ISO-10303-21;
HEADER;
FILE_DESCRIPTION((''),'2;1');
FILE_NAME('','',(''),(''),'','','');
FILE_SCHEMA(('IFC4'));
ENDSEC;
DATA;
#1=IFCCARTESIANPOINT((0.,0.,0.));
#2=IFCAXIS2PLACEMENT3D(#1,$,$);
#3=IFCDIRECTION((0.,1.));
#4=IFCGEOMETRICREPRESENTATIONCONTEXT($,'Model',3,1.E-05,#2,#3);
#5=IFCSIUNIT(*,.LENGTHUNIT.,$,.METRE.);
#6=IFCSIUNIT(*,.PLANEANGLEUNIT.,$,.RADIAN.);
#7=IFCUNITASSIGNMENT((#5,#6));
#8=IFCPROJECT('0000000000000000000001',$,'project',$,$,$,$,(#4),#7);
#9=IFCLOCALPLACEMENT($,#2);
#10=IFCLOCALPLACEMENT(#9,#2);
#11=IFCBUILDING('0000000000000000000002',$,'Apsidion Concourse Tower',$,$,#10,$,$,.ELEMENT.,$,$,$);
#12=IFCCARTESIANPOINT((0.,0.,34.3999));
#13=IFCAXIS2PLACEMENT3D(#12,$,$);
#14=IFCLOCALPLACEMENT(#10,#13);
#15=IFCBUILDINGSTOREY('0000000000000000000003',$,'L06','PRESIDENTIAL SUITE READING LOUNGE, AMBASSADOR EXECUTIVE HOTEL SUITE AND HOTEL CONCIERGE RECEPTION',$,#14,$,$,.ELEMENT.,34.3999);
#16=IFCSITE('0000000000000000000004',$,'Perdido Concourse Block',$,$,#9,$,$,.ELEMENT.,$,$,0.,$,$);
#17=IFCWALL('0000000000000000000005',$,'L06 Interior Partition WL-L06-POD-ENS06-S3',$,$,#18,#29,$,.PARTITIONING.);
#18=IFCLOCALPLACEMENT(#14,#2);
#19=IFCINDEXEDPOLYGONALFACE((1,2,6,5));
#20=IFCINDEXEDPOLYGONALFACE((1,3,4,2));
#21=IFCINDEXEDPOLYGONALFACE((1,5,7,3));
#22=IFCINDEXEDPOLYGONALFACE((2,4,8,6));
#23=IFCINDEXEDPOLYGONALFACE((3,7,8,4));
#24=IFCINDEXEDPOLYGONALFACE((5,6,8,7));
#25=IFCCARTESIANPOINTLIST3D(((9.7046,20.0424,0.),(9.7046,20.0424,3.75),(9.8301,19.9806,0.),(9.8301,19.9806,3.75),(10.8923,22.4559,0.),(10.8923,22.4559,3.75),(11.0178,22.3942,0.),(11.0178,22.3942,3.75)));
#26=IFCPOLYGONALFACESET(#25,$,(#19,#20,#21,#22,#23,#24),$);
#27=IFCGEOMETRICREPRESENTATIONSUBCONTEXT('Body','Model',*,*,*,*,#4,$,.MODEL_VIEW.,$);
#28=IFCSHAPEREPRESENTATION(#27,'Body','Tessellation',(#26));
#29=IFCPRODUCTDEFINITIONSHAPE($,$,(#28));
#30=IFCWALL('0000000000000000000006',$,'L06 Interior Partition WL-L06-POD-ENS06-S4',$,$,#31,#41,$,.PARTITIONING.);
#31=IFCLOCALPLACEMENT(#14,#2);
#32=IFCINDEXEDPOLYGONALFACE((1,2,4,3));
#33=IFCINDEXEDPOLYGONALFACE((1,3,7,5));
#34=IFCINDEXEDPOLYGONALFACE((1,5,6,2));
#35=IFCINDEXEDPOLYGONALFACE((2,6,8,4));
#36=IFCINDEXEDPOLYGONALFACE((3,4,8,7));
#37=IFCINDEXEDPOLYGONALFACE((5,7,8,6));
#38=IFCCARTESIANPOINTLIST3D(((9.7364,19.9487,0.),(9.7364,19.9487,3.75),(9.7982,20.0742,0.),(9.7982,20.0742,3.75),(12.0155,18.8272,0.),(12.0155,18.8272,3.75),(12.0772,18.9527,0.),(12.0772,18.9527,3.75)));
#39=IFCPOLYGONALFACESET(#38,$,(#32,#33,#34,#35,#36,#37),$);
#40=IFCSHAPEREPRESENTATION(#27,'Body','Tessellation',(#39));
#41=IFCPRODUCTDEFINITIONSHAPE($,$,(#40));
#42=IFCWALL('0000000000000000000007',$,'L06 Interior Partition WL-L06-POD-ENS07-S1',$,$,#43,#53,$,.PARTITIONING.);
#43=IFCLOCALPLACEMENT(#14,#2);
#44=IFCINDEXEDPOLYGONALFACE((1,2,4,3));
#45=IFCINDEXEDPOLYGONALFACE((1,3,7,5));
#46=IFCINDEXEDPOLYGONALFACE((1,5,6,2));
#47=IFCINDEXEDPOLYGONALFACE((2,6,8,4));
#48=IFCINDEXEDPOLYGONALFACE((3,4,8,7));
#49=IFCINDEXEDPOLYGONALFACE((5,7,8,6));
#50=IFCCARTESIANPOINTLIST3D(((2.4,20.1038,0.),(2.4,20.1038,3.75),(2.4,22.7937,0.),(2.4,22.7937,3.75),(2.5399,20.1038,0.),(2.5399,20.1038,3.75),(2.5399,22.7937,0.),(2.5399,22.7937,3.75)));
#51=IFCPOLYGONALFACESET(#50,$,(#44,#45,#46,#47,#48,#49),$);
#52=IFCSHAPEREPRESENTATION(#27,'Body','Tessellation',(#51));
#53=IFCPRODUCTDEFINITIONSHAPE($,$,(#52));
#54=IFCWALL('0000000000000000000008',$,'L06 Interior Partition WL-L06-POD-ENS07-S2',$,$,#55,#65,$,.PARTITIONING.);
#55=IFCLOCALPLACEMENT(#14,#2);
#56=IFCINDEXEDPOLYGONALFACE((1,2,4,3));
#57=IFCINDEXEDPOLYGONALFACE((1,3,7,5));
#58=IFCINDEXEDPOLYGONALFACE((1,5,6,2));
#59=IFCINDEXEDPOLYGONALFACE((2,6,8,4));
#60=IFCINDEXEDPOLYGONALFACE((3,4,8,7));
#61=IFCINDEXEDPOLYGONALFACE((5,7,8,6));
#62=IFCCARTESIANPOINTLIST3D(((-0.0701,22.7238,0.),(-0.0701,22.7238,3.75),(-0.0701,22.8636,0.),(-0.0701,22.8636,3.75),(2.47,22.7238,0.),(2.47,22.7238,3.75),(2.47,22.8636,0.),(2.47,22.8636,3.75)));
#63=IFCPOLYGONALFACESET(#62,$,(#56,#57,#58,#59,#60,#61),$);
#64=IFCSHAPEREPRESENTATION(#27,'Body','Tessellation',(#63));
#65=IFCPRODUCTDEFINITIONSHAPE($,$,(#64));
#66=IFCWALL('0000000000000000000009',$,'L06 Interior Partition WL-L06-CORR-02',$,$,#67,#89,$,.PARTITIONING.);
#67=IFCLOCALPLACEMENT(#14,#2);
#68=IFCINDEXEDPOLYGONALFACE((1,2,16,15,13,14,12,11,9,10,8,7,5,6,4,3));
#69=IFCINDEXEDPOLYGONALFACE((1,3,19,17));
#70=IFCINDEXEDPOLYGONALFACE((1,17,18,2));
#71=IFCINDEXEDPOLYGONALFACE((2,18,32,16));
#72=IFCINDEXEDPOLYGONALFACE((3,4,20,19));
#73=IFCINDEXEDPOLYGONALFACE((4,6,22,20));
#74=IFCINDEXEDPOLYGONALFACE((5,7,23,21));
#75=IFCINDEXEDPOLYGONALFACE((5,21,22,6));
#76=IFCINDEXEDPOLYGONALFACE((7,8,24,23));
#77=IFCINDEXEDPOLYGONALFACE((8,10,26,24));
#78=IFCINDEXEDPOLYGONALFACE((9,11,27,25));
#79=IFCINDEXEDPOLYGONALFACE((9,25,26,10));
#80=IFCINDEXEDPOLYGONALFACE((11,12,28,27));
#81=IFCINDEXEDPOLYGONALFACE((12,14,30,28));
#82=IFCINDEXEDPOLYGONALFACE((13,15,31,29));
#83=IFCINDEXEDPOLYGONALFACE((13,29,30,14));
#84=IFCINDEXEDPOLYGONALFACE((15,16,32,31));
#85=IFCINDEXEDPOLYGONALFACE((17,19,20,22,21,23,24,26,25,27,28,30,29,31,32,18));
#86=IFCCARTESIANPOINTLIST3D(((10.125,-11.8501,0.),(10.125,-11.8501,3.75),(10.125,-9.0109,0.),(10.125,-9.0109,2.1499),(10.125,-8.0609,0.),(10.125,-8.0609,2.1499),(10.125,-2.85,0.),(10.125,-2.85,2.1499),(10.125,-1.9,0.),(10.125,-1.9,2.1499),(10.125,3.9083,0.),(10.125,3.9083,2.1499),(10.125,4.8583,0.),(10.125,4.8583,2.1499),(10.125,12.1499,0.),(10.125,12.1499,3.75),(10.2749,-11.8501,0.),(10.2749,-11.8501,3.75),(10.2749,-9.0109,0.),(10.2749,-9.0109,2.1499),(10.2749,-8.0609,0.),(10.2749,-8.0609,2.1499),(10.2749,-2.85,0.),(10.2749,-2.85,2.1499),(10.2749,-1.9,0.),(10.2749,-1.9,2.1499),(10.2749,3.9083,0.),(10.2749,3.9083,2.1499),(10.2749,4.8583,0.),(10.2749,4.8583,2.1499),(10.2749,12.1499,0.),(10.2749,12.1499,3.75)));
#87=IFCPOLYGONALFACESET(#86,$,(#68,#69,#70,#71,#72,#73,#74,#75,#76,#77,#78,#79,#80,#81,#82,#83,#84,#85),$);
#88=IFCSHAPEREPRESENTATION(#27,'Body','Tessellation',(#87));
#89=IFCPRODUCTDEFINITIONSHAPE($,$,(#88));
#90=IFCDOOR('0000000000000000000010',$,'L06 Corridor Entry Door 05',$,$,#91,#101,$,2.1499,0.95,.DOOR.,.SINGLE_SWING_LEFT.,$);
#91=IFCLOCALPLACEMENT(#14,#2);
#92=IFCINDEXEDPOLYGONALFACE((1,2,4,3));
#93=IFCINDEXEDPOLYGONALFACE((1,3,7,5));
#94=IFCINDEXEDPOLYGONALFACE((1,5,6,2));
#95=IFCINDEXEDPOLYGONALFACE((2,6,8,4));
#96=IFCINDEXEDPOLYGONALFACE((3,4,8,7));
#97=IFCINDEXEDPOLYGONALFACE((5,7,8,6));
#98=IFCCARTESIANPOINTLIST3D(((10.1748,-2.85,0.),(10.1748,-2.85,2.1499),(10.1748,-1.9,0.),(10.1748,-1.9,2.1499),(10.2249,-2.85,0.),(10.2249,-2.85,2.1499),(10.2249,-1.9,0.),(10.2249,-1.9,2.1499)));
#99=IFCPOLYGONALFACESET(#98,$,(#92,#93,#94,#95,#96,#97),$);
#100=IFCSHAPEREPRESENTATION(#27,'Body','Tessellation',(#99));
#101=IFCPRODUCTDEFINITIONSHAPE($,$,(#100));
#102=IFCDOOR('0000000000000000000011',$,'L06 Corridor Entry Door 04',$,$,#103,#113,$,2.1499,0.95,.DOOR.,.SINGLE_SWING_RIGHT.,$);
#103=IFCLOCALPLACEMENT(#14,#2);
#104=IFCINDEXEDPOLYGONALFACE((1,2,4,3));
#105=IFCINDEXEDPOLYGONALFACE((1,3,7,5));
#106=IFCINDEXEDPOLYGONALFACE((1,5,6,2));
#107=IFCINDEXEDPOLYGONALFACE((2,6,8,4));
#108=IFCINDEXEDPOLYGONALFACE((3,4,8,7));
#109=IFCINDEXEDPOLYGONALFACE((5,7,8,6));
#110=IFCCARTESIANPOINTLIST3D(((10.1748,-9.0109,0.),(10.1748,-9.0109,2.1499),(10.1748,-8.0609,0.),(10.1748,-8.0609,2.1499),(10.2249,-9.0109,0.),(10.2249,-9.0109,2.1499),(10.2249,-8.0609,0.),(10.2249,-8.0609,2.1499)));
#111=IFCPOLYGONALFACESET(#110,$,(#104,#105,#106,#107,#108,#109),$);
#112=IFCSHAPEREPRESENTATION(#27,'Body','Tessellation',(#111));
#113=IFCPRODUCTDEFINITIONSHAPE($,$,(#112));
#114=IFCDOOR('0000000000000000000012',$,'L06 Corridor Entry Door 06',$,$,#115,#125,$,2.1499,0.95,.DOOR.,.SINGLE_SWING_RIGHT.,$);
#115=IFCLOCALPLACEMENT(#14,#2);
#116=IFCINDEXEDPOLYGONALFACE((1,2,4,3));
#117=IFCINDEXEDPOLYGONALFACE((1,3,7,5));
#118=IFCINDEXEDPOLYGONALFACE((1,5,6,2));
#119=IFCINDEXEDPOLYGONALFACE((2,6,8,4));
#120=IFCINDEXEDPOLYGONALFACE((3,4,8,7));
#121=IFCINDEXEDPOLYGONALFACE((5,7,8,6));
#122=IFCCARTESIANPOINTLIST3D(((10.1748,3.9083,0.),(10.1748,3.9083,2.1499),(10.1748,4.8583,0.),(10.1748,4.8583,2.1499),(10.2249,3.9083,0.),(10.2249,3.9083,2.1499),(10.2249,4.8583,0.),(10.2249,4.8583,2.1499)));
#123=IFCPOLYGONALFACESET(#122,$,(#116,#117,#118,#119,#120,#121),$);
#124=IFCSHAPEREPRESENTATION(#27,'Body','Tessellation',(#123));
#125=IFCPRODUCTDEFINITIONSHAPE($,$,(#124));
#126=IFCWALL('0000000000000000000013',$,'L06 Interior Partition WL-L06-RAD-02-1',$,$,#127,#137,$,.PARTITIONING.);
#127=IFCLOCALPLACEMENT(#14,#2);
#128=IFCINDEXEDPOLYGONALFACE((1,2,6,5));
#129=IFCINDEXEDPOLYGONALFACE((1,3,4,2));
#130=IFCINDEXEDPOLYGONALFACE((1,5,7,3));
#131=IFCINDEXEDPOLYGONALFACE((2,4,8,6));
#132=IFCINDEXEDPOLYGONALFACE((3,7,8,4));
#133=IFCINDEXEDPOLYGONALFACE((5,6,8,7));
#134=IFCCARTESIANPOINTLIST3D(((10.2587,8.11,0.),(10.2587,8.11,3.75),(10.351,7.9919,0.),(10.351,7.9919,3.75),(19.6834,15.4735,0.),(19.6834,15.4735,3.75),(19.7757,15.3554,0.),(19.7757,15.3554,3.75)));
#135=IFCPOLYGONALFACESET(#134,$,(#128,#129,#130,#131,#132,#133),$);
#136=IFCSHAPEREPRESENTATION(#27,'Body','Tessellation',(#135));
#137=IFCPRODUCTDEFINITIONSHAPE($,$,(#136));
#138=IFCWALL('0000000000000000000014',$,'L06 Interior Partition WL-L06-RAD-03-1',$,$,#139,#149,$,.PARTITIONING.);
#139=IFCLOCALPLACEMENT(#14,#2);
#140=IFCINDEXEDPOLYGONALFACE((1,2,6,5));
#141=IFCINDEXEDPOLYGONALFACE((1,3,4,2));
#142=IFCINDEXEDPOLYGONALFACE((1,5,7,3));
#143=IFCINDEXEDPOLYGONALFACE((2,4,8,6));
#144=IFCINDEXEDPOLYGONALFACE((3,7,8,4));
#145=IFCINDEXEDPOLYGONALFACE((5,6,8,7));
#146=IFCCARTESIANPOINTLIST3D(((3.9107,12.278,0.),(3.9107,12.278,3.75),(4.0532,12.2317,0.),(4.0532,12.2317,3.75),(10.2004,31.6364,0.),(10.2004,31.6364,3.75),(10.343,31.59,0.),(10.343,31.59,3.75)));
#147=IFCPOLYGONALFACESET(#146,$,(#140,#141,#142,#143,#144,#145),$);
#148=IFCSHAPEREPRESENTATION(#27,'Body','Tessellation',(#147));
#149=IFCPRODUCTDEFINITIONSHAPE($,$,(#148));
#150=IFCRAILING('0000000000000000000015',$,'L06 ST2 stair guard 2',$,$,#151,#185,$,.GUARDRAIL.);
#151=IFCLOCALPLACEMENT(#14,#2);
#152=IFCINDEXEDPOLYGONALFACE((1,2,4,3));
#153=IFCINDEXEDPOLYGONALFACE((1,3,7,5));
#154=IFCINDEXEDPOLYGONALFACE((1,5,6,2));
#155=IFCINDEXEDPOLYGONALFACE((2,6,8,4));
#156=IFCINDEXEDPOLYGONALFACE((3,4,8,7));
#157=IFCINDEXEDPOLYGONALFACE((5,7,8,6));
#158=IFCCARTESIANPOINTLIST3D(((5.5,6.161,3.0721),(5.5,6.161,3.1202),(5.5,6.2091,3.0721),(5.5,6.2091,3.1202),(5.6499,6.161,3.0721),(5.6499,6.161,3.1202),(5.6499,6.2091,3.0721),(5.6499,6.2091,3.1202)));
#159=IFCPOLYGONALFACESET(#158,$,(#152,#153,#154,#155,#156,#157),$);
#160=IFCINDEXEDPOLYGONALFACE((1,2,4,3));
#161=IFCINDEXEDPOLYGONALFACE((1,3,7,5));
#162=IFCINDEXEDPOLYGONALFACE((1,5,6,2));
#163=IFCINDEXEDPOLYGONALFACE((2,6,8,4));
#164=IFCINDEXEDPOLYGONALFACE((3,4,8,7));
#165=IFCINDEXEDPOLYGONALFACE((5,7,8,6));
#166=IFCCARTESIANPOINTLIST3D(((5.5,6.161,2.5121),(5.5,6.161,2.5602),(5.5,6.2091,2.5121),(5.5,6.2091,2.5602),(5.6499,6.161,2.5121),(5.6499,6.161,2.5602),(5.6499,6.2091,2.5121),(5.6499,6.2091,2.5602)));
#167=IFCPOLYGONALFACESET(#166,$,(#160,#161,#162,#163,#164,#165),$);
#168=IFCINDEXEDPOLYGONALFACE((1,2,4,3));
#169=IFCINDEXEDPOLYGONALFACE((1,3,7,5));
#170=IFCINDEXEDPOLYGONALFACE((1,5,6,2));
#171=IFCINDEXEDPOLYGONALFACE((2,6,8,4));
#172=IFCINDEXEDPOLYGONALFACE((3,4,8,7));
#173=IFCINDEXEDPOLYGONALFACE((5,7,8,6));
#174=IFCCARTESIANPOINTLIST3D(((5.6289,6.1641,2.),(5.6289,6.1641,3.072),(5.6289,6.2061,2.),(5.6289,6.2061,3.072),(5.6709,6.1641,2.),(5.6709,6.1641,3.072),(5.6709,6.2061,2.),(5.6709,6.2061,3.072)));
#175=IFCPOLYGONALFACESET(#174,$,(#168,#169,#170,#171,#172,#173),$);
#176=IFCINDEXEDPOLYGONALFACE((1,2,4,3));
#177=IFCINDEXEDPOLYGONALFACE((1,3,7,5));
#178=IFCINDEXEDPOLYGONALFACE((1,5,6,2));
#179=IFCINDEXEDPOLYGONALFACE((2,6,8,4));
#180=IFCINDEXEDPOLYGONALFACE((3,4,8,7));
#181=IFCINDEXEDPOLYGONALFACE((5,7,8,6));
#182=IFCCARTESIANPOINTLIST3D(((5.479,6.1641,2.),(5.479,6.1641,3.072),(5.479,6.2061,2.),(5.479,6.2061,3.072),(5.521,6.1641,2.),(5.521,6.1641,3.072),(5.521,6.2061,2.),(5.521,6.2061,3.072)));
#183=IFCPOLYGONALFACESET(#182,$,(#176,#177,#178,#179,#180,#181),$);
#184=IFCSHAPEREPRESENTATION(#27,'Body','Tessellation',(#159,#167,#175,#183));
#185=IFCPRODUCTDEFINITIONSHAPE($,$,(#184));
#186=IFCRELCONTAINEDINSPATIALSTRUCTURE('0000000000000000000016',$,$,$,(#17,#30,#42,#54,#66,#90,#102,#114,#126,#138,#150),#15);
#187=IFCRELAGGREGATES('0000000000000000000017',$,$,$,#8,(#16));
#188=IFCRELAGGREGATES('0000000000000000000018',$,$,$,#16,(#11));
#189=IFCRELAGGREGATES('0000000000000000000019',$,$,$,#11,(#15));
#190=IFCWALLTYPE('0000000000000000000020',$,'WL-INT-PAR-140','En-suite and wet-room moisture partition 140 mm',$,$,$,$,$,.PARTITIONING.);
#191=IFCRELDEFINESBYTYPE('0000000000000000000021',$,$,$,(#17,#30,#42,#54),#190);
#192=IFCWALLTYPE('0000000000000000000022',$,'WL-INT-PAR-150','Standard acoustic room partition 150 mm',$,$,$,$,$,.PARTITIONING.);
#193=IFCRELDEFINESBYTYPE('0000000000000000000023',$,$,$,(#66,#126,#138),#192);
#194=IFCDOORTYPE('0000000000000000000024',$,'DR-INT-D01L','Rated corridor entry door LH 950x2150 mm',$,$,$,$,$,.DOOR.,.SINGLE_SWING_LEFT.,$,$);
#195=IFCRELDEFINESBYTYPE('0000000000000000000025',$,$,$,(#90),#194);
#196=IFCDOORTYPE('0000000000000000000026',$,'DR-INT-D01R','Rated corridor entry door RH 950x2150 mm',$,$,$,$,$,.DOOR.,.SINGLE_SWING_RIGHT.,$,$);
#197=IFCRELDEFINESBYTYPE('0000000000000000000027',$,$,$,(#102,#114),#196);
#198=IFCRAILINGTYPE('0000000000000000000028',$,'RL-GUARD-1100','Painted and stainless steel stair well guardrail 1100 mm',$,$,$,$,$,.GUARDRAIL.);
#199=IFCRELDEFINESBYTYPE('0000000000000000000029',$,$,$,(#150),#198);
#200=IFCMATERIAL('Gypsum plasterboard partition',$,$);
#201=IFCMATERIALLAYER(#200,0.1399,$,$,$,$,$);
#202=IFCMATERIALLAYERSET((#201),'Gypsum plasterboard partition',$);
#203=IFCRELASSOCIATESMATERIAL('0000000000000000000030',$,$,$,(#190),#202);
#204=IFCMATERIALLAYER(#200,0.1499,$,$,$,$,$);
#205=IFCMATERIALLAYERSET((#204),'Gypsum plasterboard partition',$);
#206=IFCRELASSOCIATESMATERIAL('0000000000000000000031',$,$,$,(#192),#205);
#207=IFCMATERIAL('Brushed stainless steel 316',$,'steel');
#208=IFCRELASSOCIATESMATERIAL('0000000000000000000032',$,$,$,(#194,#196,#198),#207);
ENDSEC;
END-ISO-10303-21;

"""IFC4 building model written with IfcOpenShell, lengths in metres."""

from ifc_helpers import new_model, si_unit, direction, frame, frame_2d, origin, origin_2d, place, context, subcontext, project, spatial, rectangle, extrude, material, layer, layer_set, type_object, element, fill, save


model = new_model("IFC4")

# Units and contexts
model_context = context("Model", 3, precision=1e-05, world=origin(), true_north=direction((0.0, 1.0)))
body_context = subcontext(model_context, "Body", "Model", "MODEL_VIEW")
ifc_project = project(units=[si_unit("LENGTHUNIT", "METRE"), si_unit("PLANEANGLEUNIT", "RADIAN")], contexts=[model_context])

# Site, building, storey
site_placement = place(None, origin())
site = spatial("IfcSite", under=ifc_project, at=site_placement, Name="Perdido Concourse Block", CompositionType="ELEMENT", RefElevation=0.0)
building_placement = place(site_placement, origin())
building = spatial("IfcBuilding", under=site, at=building_placement, Name="Apsidion Concourse Tower", CompositionType="ELEMENT")
storey_placement = place(building_placement, frame((0.0, 0.0, 34.3999)))
storey = spatial("IfcBuildingStorey", under=building, at=storey_placement, Name="L06", Description="PRESIDENTIAL SUITE READING LOUNGE, AMBASSADOR EXECUTIVE HOTEL SUITE AND HOTEL CONCIERGE RECEPTION", CompositionType="ELEMENT", Elevation=34.3999)

# Shared definitions
ifc_material_1 = material(Name="Gypsum plasterboard partition")
ifc_layer_1 = layer(ifc_material_1, 0.1399)
ifc_layer_set_1 = layer_set([ifc_layer_1], Name="Gypsum plasterboard partition")
wall_type_1 = type_object("IfcWallType", Name="WL-INT-PAR-140", Description="En-suite and wet-room moisture partition 140 mm", PredefinedType="PARTITIONING", material=ifc_layer_set_1)

# Walls
wall_1_placement = place(storey_placement, frame((10.9551, 22.425, 0.0), z_axis=(0.0, 0.0, 1.0), x_axis=(-0.441541, -0.897241, 0.0)))
element("IfcWall", 1, at=wall_1_placement, inside=storey, type_object=wall_type_1, Name="L06 Interior Partition WL-L06-POD-ENS06-S3", PredefinedType="PARTITIONING", context=body_context, shape_type="SweptSolid", body=[
    extrude(rectangle(XDim=2.6899, YDim=0.1399, at=frame_2d((1.345, 0.0))), origin(), (0.0, 0.0, 1.0), 3.75),
])
wall_2_placement = place(storey_placement, frame((9.7673, 20.0115, 0.0), z_axis=(0.0, 0.0, 1.0), x_axis=(0.897235, -0.441553, 0.0)))
element("IfcWall", 2, at=wall_2_placement, inside=storey, type_object=wall_type_1, Name="L06 Interior Partition WL-L06-POD-ENS06-S4", PredefinedType="PARTITIONING", context=body_context, shape_type="SweptSolid", body=[
    extrude(rectangle(XDim=2.54, YDim=0.1399, at=frame_2d((1.27, 0.0))), origin(), (0.0, 0.0, 1.0), 3.75),
])
wall_3_placement = place(storey_placement, frame((2.47, 20.1038, 0.0), z_axis=(0.0, 0.0, 1.0), x_axis=(0.0, 1.0, 0.0)))
element("IfcWall", 3, at=wall_3_placement, inside=storey, type_object=wall_type_1, Name="L06 Interior Partition WL-L06-POD-ENS07-S1", PredefinedType="PARTITIONING", context=body_context, shape_type="SweptSolid", body=[
    extrude(rectangle(XDim=2.6899, YDim=0.1399, at=frame_2d((1.345, 0.0))), origin(), (0.0, 0.0, 1.0), 3.75),
])
wall_4_placement = place(storey_placement, frame((2.47, 22.7937, 0.0), z_axis=(0.0, 0.0, 1.0), x_axis=(-1.0, 0.0, 0.0)))
element("IfcWall", 4, at=wall_4_placement, inside=storey, type_object=wall_type_1, Name="L06 Interior Partition WL-L06-POD-ENS07-S2", PredefinedType="PARTITIONING", context=body_context, shape_type="SweptSolid", body=[
    extrude(rectangle(XDim=2.54, YDim=0.1399, at=frame_2d((1.27, 0.0))), origin(), (0.0, 0.0, 1.0), 3.75),
])

# Wall, openings, doors
ifc_layer_2 = layer(ifc_material_1, 0.1499)
ifc_layer_set_2 = layer_set([ifc_layer_2], Name="Gypsum plasterboard partition")
wall_type_2 = type_object("IfcWallType", Name="WL-INT-PAR-150", Description="Standard acoustic room partition 150 mm", PredefinedType="PARTITIONING", material=ifc_layer_set_2)
wall_5_placement = place(storey_placement, frame((10.2, 12.1499, 0.0), z_axis=(0.0, 0.0, 1.0), x_axis=(0.0, -1.0, 0.0)))
wall_5 = element("IfcWall", 5, at=wall_5_placement, inside=storey, type_object=wall_type_2, Name="L06 Interior Partition WL-L06-CORR-02", PredefinedType="PARTITIONING", context=body_context, shape_type="SweptSolid", body=[
    extrude(rectangle(XDim=24.0, YDim=0.1499, at=frame_2d((12.0, 0.0))), origin(), (0.0, 0.0, 1.0), 3.75),
])
opening_1_placement = place(wall_5_placement, frame((20.2107, 0.0, 0.0)))
opening_1 = element("IfcOpeningElement", 6, at=opening_1_placement, cuts=wall_5, PredefinedType="OPENING", context=body_context, shape_type="SweptSolid", body=[
    extrude(rectangle(XDim=0.95, YDim=2.1499, at=frame_2d((0.4751, 1.075))), frame((0.0, 0.085, 0.0), z_axis=(0.0, -1.0, 0.0), x_axis=(1.0, 0.0, 0.0)), (0.0, 0.0, 1.0), 0.1699),
])
opening_2_placement = place(wall_5_placement, frame((14.0498, 0.0, 0.0)))
opening_2 = element("IfcOpeningElement", 7, at=opening_2_placement, cuts=wall_5, PredefinedType="OPENING", context=body_context, shape_type="SweptSolid", body=[
    extrude(rectangle(XDim=0.95, YDim=2.1499, at=frame_2d((0.4751, 1.075))), frame((0.0, 0.085, 0.0), z_axis=(0.0, -1.0, 0.0), x_axis=(1.0, 0.0, 0.0)), (0.0, 0.0, 1.0), 0.1699),
])
opening_3_placement = place(wall_5_placement, frame((7.2915, 0.0, 0.0)))
opening_3 = element("IfcOpeningElement", 8, at=opening_3_placement, cuts=wall_5, PredefinedType="OPENING", context=body_context, shape_type="SweptSolid", body=[
    extrude(rectangle(XDim=0.95, YDim=2.1499, at=frame_2d((0.4751, 1.075))), frame((0.0, 0.085, 0.0), z_axis=(0.0, -1.0, 0.0), x_axis=(1.0, 0.0, 0.0)), (0.0, 0.0, 1.0), 0.1699),
])
ifc_material_2 = material(Name="Brushed stainless steel 316", Category="steel")
door_type_1 = type_object("IfcDoorType", Name="DR-INT-D01L", Description="Rated corridor entry door LH 950x2150 mm", OperationType="SINGLE_SWING_LEFT", PredefinedType="DOOR", material=ifc_material_2)
door_1_placement = place(opening_2_placement, origin())
door_1 = element("IfcDoor", 9, at=door_1_placement, inside=storey, type_object=door_type_1, Name="L06 Corridor Entry Door 05", OperationType="SINGLE_SWING_LEFT", OverallHeight=2.1499, OverallWidth=0.95, PredefinedType="DOOR", context=body_context, shape_type="SweptSolid", body=[
    extrude(rectangle(XDim=0.95, YDim=2.1499, at=frame_2d((0.4751, 1.075))), frame((0.0, 0.0249, 0.0), z_axis=(0.0, -1.0, 0.0), x_axis=(1.0, 0.0, 0.0)), (0.0, 0.0, 1.0), 0.05),
])
fill(opening_2, door_1)
door_type_2 = type_object("IfcDoorType", Name="DR-INT-D01R", Description="Rated corridor entry door RH 950x2150 mm", OperationType="SINGLE_SWING_RIGHT", PredefinedType="DOOR", material=ifc_material_2)
door_2_placement = place(opening_1_placement, origin())
door_2 = element("IfcDoor", 10, at=door_2_placement, inside=storey, type_object=door_type_2, Name="L06 Corridor Entry Door 04", OperationType="SINGLE_SWING_RIGHT", OverallHeight=2.1499, OverallWidth=0.95, PredefinedType="DOOR", context=body_context, shape_type="SweptSolid", body=[
    extrude(rectangle(XDim=0.95, YDim=2.1499, at=frame_2d((0.4751, 1.075))), frame((0.0, 0.0249, 0.0), z_axis=(0.0, -1.0, 0.0), x_axis=(1.0, 0.0, 0.0)), (0.0, 0.0, 1.0), 0.05),
])
fill(opening_1, door_2)
door_3_placement = place(opening_3_placement, origin())
door_3 = element("IfcDoor", 11, at=door_3_placement, inside=storey, type_object=door_type_2, Name="L06 Corridor Entry Door 06", OperationType="SINGLE_SWING_RIGHT", OverallHeight=2.1499, OverallWidth=0.95, PredefinedType="DOOR", context=body_context, shape_type="SweptSolid", body=[
    extrude(rectangle(XDim=0.95, YDim=2.1499, at=frame_2d((0.4751, 1.075))), frame((0.0, 0.0249, 0.0), z_axis=(0.0, -1.0, 0.0), x_axis=(1.0, 0.0, 0.0)), (0.0, 0.0, 1.0), 0.05),
])
fill(opening_3, door_3)

# Walls
wall_6_placement = place(storey_placement, frame((10.3049, 8.051, 0.0), z_axis=(0.0, 0.0, 1.0), x_axis=(0.788008, 0.615665, 0.0)))
element("IfcWall", 12, at=wall_6_placement, inside=storey, type_object=wall_type_2, Name="L06 Interior Partition WL-L06-RAD-02-1", PredefinedType="PARTITIONING", context=body_context, shape_type="SweptSolid", body=[
    extrude(rectangle(XDim=11.9602, YDim=0.1499, at=frame_2d((5.98, 0.0))), origin(), (0.0, 0.0, 1.0), 3.75),
])
wall_7_placement = place(storey_placement, frame((3.9819, 12.2549, 0.0), z_axis=(0.0, 0.0, 1.0), x_axis=(0.309011, 0.951058, 0.0)))
element("IfcWall", 13, at=wall_7_placement, inside=storey, type_object=wall_type_2, Name="L06 Interior Partition WL-L06-RAD-03-1", PredefinedType="PARTITIONING", context=body_context, shape_type="SweptSolid", body=[
    extrude(rectangle(XDim=20.3545, YDim=0.1499, at=frame_2d((10.1772, 0.0))), origin(), (0.0, 0.0, 1.0), 3.75),
])

# Railing
railing_type_1 = type_object("IfcRailingType", Name="RL-GUARD-1100", Description="Painted and stainless steel stair well guardrail 1100 mm", PredefinedType="GUARDRAIL", material=ifc_material_2)
railing_1_placement = place(storey_placement, frame((5.6499, 6.1851, 2.0)))
element("IfcRailing", 14, at=railing_1_placement, inside=storey, type_object=railing_type_1, Name="L06 ST2 stair guard 2", PredefinedType="GUARDRAIL", context=body_context, shape_type="SweptSolid", body=[
    extrude(rectangle(XDim=0.0481, YDim=0.0481, at=origin_2d()), frame((0.0, 0.0, 1.0962), z_axis=(-1.0, 0.0, 0.0), x_axis=(0.0, -1.0, 0.0)), (0.0, 0.0, 1.0), 0.1499),
    extrude(rectangle(XDim=0.0481, YDim=0.0481, at=origin_2d()), frame((0.0, 0.0, 0.5361), z_axis=(-1.0, 0.0, 0.0), x_axis=(0.0, -1.0, 0.0)), (0.0, 0.0, 1.0), 0.1499),
    extrude(rectangle(XDim=0.042, YDim=0.042, at=origin_2d()), origin(), (0.0, 0.0, 1.0), 1.072),
    extrude(rectangle(XDim=0.042, YDim=0.042, at=origin_2d()), frame((-0.1499, 0.0, 0.0)), (0.0, 0.0, 1.0), 1.072),
])

save(model, "model.ifc")
